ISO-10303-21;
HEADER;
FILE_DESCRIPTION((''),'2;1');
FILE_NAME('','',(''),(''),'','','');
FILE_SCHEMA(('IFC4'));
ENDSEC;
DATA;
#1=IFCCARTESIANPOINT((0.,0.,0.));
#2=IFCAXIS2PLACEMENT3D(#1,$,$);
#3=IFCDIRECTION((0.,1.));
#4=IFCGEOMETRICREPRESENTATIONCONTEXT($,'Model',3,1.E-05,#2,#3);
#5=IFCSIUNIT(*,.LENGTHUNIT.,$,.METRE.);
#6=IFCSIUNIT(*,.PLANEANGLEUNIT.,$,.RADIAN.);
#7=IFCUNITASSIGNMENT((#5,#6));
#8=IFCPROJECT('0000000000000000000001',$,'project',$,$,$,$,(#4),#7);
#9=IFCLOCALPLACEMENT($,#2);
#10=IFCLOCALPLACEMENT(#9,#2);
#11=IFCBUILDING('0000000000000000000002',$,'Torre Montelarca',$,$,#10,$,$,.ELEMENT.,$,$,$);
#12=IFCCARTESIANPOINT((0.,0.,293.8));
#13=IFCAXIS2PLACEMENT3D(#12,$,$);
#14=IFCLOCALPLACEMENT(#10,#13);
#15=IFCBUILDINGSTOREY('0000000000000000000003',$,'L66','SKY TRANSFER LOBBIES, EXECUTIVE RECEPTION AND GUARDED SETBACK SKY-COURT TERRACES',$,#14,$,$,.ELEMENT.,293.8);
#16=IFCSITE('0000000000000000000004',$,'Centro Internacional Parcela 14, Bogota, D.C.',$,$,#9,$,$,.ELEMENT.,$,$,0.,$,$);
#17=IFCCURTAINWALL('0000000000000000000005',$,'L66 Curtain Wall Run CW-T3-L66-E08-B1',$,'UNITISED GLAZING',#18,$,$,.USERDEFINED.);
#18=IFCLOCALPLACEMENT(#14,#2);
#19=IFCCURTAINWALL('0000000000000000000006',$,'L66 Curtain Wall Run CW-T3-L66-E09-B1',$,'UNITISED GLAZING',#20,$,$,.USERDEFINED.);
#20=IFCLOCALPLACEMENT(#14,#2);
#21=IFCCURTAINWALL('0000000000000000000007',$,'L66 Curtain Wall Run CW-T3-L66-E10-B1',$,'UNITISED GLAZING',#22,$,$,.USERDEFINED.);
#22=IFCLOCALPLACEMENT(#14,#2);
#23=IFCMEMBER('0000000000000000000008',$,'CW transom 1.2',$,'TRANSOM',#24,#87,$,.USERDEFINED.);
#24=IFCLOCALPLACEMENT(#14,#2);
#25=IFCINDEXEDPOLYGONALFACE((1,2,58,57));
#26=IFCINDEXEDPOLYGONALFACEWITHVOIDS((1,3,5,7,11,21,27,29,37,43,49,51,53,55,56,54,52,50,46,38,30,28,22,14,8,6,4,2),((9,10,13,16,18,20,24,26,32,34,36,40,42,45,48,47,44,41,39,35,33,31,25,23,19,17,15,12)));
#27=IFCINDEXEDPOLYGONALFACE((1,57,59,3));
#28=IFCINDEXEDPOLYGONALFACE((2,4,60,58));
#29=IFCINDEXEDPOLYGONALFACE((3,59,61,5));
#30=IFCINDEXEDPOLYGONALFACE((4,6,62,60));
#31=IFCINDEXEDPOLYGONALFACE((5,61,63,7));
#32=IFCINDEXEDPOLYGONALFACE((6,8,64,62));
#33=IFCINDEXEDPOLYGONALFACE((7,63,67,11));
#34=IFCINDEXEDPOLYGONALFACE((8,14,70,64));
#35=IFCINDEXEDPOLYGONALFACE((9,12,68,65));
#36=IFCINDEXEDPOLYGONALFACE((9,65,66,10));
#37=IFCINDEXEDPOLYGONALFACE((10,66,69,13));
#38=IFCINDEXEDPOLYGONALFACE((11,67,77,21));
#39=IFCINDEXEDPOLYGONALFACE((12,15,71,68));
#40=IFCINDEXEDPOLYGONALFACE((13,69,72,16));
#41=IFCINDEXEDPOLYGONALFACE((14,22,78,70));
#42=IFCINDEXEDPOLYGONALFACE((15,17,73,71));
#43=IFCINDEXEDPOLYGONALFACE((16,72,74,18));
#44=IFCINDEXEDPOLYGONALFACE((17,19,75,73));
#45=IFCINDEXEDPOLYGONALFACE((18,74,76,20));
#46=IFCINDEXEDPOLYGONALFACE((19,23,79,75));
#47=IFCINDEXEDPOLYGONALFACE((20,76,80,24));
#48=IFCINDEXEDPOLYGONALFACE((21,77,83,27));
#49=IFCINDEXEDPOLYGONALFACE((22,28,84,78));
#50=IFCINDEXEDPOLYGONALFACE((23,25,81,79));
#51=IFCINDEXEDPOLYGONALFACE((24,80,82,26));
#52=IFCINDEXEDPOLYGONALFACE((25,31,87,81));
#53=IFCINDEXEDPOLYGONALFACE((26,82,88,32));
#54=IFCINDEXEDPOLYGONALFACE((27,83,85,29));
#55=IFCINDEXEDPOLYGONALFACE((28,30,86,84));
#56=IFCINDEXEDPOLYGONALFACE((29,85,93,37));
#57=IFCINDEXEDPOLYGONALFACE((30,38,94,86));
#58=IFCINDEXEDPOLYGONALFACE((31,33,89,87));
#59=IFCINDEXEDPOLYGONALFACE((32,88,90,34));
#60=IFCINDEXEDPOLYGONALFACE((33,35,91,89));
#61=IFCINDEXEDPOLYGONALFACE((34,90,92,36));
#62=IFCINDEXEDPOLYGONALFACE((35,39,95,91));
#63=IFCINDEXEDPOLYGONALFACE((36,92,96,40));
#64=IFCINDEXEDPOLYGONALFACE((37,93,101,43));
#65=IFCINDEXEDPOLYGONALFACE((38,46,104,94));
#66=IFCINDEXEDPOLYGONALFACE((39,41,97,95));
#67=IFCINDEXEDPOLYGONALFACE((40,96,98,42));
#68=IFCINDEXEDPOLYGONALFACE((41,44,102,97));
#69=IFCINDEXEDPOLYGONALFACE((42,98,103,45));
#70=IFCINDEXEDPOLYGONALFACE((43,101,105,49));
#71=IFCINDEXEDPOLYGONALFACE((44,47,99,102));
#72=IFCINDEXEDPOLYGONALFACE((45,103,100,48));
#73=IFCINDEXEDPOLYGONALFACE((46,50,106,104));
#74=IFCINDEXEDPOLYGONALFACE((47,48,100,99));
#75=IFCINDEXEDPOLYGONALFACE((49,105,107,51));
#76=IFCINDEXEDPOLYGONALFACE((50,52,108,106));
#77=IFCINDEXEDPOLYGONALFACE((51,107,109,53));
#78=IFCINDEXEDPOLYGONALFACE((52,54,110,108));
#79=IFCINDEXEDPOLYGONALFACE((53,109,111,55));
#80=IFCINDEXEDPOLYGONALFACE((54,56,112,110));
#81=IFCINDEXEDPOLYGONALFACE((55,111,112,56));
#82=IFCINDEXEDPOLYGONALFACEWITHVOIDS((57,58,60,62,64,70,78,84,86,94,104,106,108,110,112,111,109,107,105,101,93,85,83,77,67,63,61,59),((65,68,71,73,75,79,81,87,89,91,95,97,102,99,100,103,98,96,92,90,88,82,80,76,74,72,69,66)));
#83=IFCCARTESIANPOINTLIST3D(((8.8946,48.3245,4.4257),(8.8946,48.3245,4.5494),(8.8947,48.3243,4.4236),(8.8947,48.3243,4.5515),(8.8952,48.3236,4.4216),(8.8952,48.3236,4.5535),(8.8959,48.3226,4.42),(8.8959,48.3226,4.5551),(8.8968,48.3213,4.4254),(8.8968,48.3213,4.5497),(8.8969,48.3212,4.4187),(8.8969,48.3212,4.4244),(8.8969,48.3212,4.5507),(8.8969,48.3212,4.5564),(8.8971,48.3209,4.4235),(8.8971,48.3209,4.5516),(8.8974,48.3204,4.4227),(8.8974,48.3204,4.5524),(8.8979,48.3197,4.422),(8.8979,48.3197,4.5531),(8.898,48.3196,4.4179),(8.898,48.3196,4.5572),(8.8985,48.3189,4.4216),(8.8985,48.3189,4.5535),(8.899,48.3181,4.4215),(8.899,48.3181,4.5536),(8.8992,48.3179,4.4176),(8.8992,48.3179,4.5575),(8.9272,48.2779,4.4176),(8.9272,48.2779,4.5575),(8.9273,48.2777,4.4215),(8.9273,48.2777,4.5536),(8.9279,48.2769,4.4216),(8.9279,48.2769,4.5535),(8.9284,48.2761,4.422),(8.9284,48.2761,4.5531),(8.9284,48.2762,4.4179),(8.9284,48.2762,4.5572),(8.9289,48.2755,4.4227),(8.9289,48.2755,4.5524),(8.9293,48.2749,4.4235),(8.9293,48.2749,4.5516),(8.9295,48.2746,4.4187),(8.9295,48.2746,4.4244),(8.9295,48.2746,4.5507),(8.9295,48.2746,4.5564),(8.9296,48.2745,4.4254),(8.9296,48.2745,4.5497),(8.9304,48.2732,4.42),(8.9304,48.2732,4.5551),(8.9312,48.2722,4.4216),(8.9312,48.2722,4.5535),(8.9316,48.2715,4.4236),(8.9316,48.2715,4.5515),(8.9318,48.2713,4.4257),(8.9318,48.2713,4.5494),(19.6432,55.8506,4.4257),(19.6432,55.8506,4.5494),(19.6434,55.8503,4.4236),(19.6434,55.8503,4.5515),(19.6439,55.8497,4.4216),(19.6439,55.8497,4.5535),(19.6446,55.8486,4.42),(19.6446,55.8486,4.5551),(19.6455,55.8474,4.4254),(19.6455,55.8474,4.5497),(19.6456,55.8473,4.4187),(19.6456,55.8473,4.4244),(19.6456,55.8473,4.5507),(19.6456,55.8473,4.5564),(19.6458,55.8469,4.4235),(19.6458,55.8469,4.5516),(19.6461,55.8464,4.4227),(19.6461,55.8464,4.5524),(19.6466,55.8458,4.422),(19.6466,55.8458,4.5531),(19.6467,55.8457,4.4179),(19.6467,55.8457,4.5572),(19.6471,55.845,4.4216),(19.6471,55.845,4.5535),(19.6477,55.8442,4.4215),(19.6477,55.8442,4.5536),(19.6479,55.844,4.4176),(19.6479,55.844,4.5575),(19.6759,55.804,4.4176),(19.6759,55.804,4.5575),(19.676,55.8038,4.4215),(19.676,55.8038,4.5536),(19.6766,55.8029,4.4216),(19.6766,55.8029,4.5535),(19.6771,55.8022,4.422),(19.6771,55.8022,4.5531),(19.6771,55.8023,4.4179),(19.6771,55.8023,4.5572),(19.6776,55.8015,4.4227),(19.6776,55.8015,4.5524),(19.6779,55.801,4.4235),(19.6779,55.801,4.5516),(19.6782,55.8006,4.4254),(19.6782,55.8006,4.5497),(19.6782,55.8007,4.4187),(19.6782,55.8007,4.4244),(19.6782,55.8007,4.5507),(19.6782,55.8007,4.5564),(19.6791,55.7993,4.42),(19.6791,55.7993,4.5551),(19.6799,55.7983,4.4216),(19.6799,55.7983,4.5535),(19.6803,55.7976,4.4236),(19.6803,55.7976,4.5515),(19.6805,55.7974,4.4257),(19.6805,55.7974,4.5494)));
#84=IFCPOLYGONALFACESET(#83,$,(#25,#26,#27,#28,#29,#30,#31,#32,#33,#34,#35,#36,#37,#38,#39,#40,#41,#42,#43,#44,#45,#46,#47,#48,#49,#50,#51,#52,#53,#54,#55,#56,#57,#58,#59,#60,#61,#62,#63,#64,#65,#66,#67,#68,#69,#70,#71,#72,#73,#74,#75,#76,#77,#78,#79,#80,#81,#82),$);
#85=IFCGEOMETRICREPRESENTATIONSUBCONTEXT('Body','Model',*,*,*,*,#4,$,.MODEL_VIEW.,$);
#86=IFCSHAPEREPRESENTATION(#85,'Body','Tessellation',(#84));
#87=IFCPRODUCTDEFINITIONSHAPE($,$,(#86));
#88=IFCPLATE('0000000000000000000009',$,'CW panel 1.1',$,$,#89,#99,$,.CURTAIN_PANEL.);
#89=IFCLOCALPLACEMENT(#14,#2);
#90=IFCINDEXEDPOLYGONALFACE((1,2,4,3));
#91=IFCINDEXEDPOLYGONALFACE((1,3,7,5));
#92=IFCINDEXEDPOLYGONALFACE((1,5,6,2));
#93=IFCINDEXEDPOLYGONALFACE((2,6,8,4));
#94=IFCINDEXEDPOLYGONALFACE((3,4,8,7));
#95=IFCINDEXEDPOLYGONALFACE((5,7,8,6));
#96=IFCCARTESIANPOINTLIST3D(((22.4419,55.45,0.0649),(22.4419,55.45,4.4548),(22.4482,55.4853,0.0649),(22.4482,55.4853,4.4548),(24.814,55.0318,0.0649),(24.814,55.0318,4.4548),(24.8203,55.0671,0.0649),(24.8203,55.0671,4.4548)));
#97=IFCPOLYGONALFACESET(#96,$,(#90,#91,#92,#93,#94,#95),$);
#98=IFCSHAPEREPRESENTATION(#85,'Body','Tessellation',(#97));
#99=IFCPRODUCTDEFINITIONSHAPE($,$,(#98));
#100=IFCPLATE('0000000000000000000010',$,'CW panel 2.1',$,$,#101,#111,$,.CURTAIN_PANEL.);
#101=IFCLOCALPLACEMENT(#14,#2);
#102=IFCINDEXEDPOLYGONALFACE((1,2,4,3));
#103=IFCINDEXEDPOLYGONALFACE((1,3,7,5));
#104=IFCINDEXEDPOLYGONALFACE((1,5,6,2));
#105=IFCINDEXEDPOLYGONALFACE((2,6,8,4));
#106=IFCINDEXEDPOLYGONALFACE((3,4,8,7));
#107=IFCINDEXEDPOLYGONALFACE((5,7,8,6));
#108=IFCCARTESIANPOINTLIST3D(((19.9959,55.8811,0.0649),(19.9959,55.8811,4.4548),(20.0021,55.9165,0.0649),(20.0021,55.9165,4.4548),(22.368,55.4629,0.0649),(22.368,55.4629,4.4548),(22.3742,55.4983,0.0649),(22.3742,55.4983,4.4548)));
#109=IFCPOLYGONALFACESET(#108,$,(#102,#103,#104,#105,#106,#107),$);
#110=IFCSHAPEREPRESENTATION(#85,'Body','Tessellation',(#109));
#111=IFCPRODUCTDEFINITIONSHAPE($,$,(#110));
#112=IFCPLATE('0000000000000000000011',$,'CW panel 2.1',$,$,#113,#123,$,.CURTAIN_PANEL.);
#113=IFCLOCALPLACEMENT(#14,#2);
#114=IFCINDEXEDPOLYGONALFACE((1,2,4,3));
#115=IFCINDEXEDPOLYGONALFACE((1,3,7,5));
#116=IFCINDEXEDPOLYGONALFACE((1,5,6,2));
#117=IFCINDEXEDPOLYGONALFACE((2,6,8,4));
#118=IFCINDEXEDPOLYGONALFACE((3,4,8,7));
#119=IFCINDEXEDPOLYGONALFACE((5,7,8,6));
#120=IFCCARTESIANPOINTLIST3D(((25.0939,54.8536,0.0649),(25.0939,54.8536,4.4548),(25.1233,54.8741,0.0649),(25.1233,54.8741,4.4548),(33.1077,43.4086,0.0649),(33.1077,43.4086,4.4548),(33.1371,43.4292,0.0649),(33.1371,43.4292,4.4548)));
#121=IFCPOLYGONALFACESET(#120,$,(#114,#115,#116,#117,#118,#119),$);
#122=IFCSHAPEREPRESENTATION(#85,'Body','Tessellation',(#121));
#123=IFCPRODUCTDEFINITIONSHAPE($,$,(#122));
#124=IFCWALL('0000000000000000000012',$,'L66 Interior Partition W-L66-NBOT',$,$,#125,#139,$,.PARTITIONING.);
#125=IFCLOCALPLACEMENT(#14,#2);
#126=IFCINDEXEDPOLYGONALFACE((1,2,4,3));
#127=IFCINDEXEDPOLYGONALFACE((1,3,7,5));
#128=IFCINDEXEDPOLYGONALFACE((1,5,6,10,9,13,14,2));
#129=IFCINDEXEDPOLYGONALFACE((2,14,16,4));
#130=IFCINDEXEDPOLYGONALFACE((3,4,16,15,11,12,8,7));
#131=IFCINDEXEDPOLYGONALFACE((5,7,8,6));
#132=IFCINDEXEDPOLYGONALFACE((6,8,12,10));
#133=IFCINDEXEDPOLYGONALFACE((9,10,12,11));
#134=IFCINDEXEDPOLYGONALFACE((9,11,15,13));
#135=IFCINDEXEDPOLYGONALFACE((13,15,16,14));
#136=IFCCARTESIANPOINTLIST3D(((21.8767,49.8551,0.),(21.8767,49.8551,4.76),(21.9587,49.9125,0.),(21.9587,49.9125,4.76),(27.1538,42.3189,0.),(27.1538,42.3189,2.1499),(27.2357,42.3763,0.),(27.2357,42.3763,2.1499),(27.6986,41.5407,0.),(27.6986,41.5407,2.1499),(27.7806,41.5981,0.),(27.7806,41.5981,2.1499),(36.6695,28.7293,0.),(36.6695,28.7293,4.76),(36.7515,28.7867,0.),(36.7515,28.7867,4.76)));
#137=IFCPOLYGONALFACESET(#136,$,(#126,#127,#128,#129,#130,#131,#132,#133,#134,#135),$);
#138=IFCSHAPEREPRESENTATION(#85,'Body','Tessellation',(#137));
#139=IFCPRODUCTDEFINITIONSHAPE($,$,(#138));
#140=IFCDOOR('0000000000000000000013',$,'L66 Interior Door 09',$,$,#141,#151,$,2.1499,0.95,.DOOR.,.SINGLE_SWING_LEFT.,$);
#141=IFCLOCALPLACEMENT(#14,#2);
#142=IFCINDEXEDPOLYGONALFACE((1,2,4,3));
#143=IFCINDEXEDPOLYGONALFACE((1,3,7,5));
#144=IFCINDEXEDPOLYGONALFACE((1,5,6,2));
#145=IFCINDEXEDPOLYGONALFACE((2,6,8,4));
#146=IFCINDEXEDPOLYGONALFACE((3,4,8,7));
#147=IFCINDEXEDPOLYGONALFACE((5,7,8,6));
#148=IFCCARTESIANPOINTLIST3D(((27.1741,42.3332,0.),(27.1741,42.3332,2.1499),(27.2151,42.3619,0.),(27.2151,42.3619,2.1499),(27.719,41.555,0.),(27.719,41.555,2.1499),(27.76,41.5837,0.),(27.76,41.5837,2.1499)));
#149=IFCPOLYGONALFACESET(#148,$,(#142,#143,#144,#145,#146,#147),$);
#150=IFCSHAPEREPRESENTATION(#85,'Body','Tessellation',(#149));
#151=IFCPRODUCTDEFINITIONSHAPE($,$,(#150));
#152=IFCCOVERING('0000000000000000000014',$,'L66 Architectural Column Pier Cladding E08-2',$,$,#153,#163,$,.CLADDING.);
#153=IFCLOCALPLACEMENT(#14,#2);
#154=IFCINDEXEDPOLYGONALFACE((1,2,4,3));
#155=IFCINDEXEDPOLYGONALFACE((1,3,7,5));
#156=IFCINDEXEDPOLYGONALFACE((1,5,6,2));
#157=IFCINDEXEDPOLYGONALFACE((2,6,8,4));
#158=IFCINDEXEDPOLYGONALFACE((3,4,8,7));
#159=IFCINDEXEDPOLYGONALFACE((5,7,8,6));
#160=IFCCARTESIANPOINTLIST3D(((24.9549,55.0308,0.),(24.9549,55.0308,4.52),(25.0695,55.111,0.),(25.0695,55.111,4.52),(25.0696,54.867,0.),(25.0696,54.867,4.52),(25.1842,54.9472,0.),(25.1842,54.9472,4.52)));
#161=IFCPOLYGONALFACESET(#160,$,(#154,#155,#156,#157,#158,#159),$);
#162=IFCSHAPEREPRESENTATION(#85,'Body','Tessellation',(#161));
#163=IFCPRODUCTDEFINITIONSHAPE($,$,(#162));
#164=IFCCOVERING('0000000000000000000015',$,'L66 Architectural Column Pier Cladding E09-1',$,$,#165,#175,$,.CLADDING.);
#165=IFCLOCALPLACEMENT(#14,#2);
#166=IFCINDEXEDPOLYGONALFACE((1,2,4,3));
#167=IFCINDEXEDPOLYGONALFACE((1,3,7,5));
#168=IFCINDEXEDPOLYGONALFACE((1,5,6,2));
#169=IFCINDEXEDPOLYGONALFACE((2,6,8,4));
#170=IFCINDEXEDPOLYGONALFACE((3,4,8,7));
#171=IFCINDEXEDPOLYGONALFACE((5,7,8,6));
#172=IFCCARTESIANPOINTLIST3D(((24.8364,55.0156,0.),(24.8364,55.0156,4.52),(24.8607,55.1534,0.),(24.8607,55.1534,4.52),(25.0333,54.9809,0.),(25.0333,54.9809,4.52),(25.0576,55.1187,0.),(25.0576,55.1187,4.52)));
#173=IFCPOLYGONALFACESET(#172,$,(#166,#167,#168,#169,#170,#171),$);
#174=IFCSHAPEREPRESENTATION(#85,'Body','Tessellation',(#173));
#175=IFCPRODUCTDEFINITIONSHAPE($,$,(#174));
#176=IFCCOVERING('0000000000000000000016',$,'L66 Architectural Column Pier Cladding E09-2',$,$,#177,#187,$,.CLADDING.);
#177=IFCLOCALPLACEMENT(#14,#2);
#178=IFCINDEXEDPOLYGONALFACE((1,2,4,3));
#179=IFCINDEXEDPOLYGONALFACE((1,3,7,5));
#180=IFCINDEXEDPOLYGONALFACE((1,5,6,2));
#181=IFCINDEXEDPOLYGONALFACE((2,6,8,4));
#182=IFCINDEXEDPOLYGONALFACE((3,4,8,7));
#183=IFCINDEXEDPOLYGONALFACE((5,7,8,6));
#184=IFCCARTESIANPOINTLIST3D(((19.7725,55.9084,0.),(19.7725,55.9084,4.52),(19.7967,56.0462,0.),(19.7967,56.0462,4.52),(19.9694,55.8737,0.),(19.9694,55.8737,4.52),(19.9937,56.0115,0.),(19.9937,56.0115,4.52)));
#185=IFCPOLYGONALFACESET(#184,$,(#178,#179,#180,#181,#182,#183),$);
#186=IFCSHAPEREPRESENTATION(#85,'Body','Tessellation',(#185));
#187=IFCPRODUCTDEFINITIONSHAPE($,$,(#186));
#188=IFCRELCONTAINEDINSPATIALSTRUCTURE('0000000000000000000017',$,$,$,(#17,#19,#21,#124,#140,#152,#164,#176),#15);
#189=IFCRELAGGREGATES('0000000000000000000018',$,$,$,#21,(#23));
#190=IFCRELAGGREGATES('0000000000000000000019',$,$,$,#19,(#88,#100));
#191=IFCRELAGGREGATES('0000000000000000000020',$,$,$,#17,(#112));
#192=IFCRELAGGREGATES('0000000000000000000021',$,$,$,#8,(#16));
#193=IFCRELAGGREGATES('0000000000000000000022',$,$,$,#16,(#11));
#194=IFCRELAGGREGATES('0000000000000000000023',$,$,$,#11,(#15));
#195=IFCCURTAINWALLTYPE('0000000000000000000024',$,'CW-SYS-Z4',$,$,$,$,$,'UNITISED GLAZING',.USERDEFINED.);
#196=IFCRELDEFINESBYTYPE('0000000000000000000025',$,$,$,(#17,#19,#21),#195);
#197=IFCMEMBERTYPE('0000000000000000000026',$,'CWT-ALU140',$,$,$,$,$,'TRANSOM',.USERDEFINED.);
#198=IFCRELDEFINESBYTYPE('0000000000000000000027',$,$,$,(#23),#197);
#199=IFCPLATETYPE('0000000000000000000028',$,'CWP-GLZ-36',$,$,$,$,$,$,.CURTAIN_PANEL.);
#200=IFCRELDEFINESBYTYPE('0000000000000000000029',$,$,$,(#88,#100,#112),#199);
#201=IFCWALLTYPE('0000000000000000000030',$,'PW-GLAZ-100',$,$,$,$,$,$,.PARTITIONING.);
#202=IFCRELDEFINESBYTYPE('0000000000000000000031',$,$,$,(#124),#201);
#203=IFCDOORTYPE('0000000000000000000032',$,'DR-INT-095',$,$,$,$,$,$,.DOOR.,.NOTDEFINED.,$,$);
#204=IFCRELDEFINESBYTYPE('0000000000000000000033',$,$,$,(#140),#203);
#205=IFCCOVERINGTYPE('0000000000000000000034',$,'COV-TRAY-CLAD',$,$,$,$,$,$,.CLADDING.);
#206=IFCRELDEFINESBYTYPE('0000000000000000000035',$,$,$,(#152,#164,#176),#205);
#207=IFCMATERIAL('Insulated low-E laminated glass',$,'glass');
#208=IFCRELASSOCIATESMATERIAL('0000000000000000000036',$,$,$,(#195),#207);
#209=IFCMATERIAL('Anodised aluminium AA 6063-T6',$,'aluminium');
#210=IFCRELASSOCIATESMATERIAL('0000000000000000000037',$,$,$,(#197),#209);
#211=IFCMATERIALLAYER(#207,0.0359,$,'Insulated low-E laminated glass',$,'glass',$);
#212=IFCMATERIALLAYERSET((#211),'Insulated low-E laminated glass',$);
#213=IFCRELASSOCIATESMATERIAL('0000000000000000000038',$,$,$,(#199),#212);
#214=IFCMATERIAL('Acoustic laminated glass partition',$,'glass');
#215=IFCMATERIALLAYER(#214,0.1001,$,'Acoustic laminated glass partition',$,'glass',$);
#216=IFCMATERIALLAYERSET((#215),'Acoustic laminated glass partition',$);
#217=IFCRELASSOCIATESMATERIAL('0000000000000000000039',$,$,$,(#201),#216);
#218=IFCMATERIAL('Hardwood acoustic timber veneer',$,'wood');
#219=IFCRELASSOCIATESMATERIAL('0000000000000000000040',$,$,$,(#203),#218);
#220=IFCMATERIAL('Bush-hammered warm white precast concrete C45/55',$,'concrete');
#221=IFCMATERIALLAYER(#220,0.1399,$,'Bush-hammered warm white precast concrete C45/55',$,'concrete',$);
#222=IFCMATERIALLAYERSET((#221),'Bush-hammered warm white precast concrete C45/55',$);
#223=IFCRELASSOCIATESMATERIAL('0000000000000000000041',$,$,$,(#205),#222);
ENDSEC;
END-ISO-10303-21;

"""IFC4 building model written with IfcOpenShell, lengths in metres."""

from ifc_helpers import new_model, si_unit, direction, frame, frame_2d, origin, origin_2d, place, context, subcontext, project, spatial, rectangle, hollow_rectangle, extrude, source, transform, mapped, material, layer, layer_set, material_profile, profile_set, type_object, element, fill, aggregate, save


model = new_model("IFC4")

# Units and contexts
model_context = context("Model", 3, precision=1e-05, world=origin(), true_north=direction((0.0, 1.0)))
body_context = subcontext(model_context, "Body", "Model", "MODEL_VIEW")
ifc_project = project(units=[si_unit("LENGTHUNIT", "METRE"), si_unit("PLANEANGLEUNIT", "RADIAN")], contexts=[model_context])

# Site, building, storey
site_placement = place(None, origin())
site = spatial("IfcSite", under=ifc_project, at=site_placement, Name="Centro Internacional Parcela 14, Bogota, D.C.", CompositionType="ELEMENT", RefElevation=0.0)
building_placement = place(site_placement, origin())
building = spatial("IfcBuilding", under=site, at=building_placement, Name="Torre Montelarca", CompositionType="ELEMENT")
storey_placement = place(building_placement, frame((0.0, 0.0, 293.8)))
storey = spatial("IfcBuildingStorey", under=building, at=storey_placement, Name="L66", Description="SKY TRANSFER LOBBIES, EXECUTIVE RECEPTION AND GUARDED SETBACK SKY-COURT TERRACES", CompositionType="ELEMENT", Elevation=293.8)

# Curtain walls
ifc_material_1 = material(Name="Insulated low-E laminated glass", Category="glass")
curtain_wall_type = type_object("IfcCurtainWallType", Name="CW-SYS-Z4", ElementType="UNITISED GLAZING", PredefinedType="USERDEFINED", material=ifc_material_1)
curtain_wall_1_placement = place(storey_placement, origin())
curtain_wall_1 = element("IfcCurtainWall", 1, at=curtain_wall_1_placement, inside=storey, type_object=curtain_wall_type, Name="L66 Curtain Wall Run CW-T3-L66-E08-B1", ObjectType="UNITISED GLAZING", PredefinedType="USERDEFINED")
ifc_material_2 = material(Name="Anodised aluminium AA 6063-T6", Category="aluminium")
curtain_wall_2_placement = place(storey_placement, origin())
curtain_wall_2 = element("IfcCurtainWall", 2, at=curtain_wall_2_placement, inside=storey, type_object=curtain_wall_type, Name="L66 Curtain Wall Run CW-T3-L66-E09-B1", ObjectType="UNITISED GLAZING", PredefinedType="USERDEFINED")

# Curtain wall
curtain_wall_3_placement = place(storey_placement, origin())
curtain_wall_3 = element("IfcCurtainWall", 3, at=curtain_wall_3_placement, inside=storey, type_object=curtain_wall_type, Name="L66 Curtain Wall Run CW-T3-L66-E10-B1", ObjectType="UNITISED GLAZING", PredefinedType="USERDEFINED")

# Member
ifc_material_profile_1 = material_profile(ifc_material_2, hollow_rectangle(XDim=0.0649, YDim=0.1399, WallThickness=0.0039, InnerFilletRadius=0.0039, OuterFilletRadius=0.0081, at=origin_2d()), Name="ALU65X140X4", Category="aluminium")
ifc_profile_set_1 = profile_set([ifc_material_profile_1], Name="Anodised aluminium AA 6063-T6")
member_type_1 = type_object("IfcMemberType", Name="CWT-ALU140", ElementType="TRANSOM", PredefinedType="USERDEFINED", material=ifc_profile_set_1)
shared_shape_1 = source(origin(), body_context, "Body", "SweptSolid", [
    extrude(hollow_rectangle(XDim=0.0649, YDim=0.1399, WallThickness=0.0039, InnerFilletRadius=0.0039, OuterFilletRadius=0.0081, at=origin_2d()), origin(), (0.0, 0.0, 1.0), 13.1216),
])
member_1_placement = place(storey_placement, frame((19.6619, 55.824, 4.4875), z_axis=(-0.819161, -0.573563, 0.0), x_axis=(0.573563, -0.819161, 0.0)))
member_1 = element("IfcMember", 4, at=member_1_placement, type_object=member_type_1, Name="CW transom 1.2", ObjectType="TRANSOM", PredefinedType="USERDEFINED", context=body_context, shape_type="MappedRepresentation", body=[
    mapped(shared_shape_1, transform((0.0, 0.0, 0.0), scale=1.0)),
])
aggregate(curtain_wall_3, [member_1])

# Plates
ifc_layer_1 = layer(ifc_material_1, 0.0359, Name="Insulated low-E laminated glass", Category="glass")
ifc_layer_set_1 = layer_set([ifc_layer_1], Name="Insulated low-E laminated glass")
plate_type = type_object("IfcPlateType", Name="CWP-GLZ-36", PredefinedType="CURTAIN_PANEL", material=ifc_layer_set_1)
shared_shape_2 = source(origin(), body_context, "Body", "SweptSolid", [
    extrude(rectangle(XDim=2.4087, YDim=0.0359, at=origin_2d()), origin(), (0.0, 0.0, 1.0), 4.3899),
])
plate_1_placement = place(storey_placement, frame((23.6311, 55.2585, 0.0649), z_axis=(0.0, 0.0, 1.0), x_axis=(-0.98481, 0.173635, 0.0)))
plate_1 = element("IfcPlate", 5, at=plate_1_placement, type_object=plate_type, Name="CW panel 1.1", PredefinedType="CURTAIN_PANEL", context=body_context, shape_type="MappedRepresentation", body=[
    mapped(shared_shape_2, transform((0.0, 0.0, 0.0), scale=1.0)),
])
plate_2_placement = place(storey_placement, frame((21.1851, 55.6897, 0.0649), z_axis=(0.0, 0.0, 1.0), x_axis=(-0.98481, 0.173635, 0.0)))
plate_2 = element("IfcPlate", 6, at=plate_2_placement, type_object=plate_type, Name="CW panel 2.1", PredefinedType="CURTAIN_PANEL", context=body_context, shape_type="MappedRepresentation", body=[
    mapped(shared_shape_2, transform((0.0, 0.0, 0.0), scale=1.0)),
])
aggregate(curtain_wall_2, [plate_1, plate_2])
shared_shape_3 = source(origin(), body_context, "Body", "SweptSolid", [
    extrude(rectangle(XDim=13.9717, YDim=0.0359, at=origin_2d()), origin(), (0.0, 0.0, 1.0), 4.3899),
])
plate_3_placement = place(storey_placement, frame((29.1155, 49.1414, 0.0649), z_axis=(0.0, 0.0, 1.0), x_axis=(-0.573571, 0.819156, 0.0)))
plate_3 = element("IfcPlate", 7, at=plate_3_placement, type_object=plate_type, Name="CW panel 2.1", PredefinedType="CURTAIN_PANEL", context=body_context, shape_type="MappedRepresentation", body=[
    mapped(shared_shape_3, transform((0.0, 0.0, 0.0), scale=1.0)),
])
aggregate(curtain_wall_1, [plate_3])

# Wall, opening, door
ifc_material_3 = material(Name="Acoustic laminated glass partition", Category="glass")
ifc_layer_2 = layer(ifc_material_3, 0.1001, Name="Acoustic laminated glass partition", Category="glass")
ifc_layer_set_2 = layer_set([ifc_layer_2], Name="Acoustic laminated glass partition")
wall_type = type_object("IfcWallType", Name="PW-GLAZ-100", PredefinedType="PARTITIONING", material=ifc_layer_set_2)
wall_placement = place(storey_placement, frame((21.9177, 49.8838, 0.0), z_axis=(0.0, 0.0, 1.0), x_axis=(0.573585, -0.819146, 0.0)))
wall = element("IfcWall", 8, at=wall_placement, inside=storey, type_object=wall_type, Name="L66 Interior Partition W-L66-NBOT", PredefinedType="PARTITIONING", context=body_context, shape_type="SweptSolid", body=[
    extrude(rectangle(XDim=25.79, YDim=0.1001, at=frame_2d((12.895, 0.0))), origin(), (0.0, 0.0, 1.0), 4.76),
])
opening_placement = place(wall_placement, frame((9.2, 0.0, 0.0)))
opening = element("IfcOpeningElement", 9, at=opening_placement, cuts=wall, PredefinedType="OPENING", context=body_context, shape_type="SweptSolid", body=[
    extrude(rectangle(XDim=0.95, YDim=2.1499, at=frame_2d((0.4751, 1.075))), frame((0.0, 0.0601, 0.0), z_axis=(0.0, -1.0, 0.0), x_axis=(1.0, 0.0, 0.0)), (0.0, 0.0, 1.0), 0.1201),
])
ifc_material_4 = material(Name="Hardwood acoustic timber veneer", Category="wood")
door_type = type_object("IfcDoorType", Name="DR-INT-095", OperationType="NOTDEFINED", PredefinedType="DOOR", material=ifc_material_4)
shared_shape_4 = source(origin(), body_context, "Body", "SweptSolid", [
    extrude(rectangle(XDim=0.95, YDim=2.1499, at=frame_2d((0.4751, 1.075))), frame((0.0, 0.0249, 0.0), z_axis=(0.0, -1.0, 0.0), x_axis=(1.0, 0.0, 0.0)), (0.0, 0.0, 1.0), 0.05),
])
door_placement = place(opening_placement, origin())
door = element("IfcDoor", 10, at=door_placement, inside=storey, type_object=door_type, Name="L66 Interior Door 09", OperationType="SINGLE_SWING_LEFT", OverallHeight=2.1499, OverallWidth=0.95, PredefinedType="DOOR", context=body_context, shape_type="MappedRepresentation", body=[
    mapped(shared_shape_4, transform((0.0, 0.0, 0.0), scale=1.0)),
])
fill(opening, door)

# Coverings
ifc_material_5 = material(Name="Bush-hammered warm white precast concrete C45/55", Category="concrete")
ifc_layer_3 = layer(ifc_material_5, 0.1399, Name="Bush-hammered warm white precast concrete C45/55", Category="concrete")
ifc_layer_set_3 = layer_set([ifc_layer_3], Name="Bush-hammered warm white precast concrete C45/55")
covering_type = type_object("IfcCoveringType", Name="COV-TRAY-CLAD", PredefinedType="CLADDING", material=ifc_layer_set_3)
shared_shape_5 = source(origin(), body_context, "Body", "SweptSolid", [
    extrude(rectangle(XDim=0.2, YDim=0.1399, at=origin_2d()), origin(), (0.0, 0.0, 1.0), 4.52),
])
for number, where, z_axis, x_axis, name in (
    (11, (25.0696, 54.989, 0.0), (0.0, 0.0, 1.0), (-0.573574, 0.819154, 0.0), "L66 Architectural Column Pier Cladding E08-2"),
    (12, (24.947, 55.0671, 0.0), (0.0, 0.0, 1.0), (-0.984808, 0.173646, 0.0), "L66 Architectural Column Pier Cladding E09-1"),
    (13, (19.8831, 55.96, 0.0), (0.0, 0.0, 1.0), (-0.984808, 0.173646, 0.0), "L66 Architectural Column Pier Cladding E09-2"),
):
    element("IfcCovering", number, at=place(storey_placement, frame(where, z_axis=z_axis, x_axis=x_axis)), inside=storey, type_object=covering_type, Name=name, PredefinedType="CLADDING", context=body_context, shape_type="MappedRepresentation", body=[
        mapped(shared_shape_5, transform((0.0, 0.0, 0.0), scale=1.0)),
    ])

save(model, "model.ifc")
